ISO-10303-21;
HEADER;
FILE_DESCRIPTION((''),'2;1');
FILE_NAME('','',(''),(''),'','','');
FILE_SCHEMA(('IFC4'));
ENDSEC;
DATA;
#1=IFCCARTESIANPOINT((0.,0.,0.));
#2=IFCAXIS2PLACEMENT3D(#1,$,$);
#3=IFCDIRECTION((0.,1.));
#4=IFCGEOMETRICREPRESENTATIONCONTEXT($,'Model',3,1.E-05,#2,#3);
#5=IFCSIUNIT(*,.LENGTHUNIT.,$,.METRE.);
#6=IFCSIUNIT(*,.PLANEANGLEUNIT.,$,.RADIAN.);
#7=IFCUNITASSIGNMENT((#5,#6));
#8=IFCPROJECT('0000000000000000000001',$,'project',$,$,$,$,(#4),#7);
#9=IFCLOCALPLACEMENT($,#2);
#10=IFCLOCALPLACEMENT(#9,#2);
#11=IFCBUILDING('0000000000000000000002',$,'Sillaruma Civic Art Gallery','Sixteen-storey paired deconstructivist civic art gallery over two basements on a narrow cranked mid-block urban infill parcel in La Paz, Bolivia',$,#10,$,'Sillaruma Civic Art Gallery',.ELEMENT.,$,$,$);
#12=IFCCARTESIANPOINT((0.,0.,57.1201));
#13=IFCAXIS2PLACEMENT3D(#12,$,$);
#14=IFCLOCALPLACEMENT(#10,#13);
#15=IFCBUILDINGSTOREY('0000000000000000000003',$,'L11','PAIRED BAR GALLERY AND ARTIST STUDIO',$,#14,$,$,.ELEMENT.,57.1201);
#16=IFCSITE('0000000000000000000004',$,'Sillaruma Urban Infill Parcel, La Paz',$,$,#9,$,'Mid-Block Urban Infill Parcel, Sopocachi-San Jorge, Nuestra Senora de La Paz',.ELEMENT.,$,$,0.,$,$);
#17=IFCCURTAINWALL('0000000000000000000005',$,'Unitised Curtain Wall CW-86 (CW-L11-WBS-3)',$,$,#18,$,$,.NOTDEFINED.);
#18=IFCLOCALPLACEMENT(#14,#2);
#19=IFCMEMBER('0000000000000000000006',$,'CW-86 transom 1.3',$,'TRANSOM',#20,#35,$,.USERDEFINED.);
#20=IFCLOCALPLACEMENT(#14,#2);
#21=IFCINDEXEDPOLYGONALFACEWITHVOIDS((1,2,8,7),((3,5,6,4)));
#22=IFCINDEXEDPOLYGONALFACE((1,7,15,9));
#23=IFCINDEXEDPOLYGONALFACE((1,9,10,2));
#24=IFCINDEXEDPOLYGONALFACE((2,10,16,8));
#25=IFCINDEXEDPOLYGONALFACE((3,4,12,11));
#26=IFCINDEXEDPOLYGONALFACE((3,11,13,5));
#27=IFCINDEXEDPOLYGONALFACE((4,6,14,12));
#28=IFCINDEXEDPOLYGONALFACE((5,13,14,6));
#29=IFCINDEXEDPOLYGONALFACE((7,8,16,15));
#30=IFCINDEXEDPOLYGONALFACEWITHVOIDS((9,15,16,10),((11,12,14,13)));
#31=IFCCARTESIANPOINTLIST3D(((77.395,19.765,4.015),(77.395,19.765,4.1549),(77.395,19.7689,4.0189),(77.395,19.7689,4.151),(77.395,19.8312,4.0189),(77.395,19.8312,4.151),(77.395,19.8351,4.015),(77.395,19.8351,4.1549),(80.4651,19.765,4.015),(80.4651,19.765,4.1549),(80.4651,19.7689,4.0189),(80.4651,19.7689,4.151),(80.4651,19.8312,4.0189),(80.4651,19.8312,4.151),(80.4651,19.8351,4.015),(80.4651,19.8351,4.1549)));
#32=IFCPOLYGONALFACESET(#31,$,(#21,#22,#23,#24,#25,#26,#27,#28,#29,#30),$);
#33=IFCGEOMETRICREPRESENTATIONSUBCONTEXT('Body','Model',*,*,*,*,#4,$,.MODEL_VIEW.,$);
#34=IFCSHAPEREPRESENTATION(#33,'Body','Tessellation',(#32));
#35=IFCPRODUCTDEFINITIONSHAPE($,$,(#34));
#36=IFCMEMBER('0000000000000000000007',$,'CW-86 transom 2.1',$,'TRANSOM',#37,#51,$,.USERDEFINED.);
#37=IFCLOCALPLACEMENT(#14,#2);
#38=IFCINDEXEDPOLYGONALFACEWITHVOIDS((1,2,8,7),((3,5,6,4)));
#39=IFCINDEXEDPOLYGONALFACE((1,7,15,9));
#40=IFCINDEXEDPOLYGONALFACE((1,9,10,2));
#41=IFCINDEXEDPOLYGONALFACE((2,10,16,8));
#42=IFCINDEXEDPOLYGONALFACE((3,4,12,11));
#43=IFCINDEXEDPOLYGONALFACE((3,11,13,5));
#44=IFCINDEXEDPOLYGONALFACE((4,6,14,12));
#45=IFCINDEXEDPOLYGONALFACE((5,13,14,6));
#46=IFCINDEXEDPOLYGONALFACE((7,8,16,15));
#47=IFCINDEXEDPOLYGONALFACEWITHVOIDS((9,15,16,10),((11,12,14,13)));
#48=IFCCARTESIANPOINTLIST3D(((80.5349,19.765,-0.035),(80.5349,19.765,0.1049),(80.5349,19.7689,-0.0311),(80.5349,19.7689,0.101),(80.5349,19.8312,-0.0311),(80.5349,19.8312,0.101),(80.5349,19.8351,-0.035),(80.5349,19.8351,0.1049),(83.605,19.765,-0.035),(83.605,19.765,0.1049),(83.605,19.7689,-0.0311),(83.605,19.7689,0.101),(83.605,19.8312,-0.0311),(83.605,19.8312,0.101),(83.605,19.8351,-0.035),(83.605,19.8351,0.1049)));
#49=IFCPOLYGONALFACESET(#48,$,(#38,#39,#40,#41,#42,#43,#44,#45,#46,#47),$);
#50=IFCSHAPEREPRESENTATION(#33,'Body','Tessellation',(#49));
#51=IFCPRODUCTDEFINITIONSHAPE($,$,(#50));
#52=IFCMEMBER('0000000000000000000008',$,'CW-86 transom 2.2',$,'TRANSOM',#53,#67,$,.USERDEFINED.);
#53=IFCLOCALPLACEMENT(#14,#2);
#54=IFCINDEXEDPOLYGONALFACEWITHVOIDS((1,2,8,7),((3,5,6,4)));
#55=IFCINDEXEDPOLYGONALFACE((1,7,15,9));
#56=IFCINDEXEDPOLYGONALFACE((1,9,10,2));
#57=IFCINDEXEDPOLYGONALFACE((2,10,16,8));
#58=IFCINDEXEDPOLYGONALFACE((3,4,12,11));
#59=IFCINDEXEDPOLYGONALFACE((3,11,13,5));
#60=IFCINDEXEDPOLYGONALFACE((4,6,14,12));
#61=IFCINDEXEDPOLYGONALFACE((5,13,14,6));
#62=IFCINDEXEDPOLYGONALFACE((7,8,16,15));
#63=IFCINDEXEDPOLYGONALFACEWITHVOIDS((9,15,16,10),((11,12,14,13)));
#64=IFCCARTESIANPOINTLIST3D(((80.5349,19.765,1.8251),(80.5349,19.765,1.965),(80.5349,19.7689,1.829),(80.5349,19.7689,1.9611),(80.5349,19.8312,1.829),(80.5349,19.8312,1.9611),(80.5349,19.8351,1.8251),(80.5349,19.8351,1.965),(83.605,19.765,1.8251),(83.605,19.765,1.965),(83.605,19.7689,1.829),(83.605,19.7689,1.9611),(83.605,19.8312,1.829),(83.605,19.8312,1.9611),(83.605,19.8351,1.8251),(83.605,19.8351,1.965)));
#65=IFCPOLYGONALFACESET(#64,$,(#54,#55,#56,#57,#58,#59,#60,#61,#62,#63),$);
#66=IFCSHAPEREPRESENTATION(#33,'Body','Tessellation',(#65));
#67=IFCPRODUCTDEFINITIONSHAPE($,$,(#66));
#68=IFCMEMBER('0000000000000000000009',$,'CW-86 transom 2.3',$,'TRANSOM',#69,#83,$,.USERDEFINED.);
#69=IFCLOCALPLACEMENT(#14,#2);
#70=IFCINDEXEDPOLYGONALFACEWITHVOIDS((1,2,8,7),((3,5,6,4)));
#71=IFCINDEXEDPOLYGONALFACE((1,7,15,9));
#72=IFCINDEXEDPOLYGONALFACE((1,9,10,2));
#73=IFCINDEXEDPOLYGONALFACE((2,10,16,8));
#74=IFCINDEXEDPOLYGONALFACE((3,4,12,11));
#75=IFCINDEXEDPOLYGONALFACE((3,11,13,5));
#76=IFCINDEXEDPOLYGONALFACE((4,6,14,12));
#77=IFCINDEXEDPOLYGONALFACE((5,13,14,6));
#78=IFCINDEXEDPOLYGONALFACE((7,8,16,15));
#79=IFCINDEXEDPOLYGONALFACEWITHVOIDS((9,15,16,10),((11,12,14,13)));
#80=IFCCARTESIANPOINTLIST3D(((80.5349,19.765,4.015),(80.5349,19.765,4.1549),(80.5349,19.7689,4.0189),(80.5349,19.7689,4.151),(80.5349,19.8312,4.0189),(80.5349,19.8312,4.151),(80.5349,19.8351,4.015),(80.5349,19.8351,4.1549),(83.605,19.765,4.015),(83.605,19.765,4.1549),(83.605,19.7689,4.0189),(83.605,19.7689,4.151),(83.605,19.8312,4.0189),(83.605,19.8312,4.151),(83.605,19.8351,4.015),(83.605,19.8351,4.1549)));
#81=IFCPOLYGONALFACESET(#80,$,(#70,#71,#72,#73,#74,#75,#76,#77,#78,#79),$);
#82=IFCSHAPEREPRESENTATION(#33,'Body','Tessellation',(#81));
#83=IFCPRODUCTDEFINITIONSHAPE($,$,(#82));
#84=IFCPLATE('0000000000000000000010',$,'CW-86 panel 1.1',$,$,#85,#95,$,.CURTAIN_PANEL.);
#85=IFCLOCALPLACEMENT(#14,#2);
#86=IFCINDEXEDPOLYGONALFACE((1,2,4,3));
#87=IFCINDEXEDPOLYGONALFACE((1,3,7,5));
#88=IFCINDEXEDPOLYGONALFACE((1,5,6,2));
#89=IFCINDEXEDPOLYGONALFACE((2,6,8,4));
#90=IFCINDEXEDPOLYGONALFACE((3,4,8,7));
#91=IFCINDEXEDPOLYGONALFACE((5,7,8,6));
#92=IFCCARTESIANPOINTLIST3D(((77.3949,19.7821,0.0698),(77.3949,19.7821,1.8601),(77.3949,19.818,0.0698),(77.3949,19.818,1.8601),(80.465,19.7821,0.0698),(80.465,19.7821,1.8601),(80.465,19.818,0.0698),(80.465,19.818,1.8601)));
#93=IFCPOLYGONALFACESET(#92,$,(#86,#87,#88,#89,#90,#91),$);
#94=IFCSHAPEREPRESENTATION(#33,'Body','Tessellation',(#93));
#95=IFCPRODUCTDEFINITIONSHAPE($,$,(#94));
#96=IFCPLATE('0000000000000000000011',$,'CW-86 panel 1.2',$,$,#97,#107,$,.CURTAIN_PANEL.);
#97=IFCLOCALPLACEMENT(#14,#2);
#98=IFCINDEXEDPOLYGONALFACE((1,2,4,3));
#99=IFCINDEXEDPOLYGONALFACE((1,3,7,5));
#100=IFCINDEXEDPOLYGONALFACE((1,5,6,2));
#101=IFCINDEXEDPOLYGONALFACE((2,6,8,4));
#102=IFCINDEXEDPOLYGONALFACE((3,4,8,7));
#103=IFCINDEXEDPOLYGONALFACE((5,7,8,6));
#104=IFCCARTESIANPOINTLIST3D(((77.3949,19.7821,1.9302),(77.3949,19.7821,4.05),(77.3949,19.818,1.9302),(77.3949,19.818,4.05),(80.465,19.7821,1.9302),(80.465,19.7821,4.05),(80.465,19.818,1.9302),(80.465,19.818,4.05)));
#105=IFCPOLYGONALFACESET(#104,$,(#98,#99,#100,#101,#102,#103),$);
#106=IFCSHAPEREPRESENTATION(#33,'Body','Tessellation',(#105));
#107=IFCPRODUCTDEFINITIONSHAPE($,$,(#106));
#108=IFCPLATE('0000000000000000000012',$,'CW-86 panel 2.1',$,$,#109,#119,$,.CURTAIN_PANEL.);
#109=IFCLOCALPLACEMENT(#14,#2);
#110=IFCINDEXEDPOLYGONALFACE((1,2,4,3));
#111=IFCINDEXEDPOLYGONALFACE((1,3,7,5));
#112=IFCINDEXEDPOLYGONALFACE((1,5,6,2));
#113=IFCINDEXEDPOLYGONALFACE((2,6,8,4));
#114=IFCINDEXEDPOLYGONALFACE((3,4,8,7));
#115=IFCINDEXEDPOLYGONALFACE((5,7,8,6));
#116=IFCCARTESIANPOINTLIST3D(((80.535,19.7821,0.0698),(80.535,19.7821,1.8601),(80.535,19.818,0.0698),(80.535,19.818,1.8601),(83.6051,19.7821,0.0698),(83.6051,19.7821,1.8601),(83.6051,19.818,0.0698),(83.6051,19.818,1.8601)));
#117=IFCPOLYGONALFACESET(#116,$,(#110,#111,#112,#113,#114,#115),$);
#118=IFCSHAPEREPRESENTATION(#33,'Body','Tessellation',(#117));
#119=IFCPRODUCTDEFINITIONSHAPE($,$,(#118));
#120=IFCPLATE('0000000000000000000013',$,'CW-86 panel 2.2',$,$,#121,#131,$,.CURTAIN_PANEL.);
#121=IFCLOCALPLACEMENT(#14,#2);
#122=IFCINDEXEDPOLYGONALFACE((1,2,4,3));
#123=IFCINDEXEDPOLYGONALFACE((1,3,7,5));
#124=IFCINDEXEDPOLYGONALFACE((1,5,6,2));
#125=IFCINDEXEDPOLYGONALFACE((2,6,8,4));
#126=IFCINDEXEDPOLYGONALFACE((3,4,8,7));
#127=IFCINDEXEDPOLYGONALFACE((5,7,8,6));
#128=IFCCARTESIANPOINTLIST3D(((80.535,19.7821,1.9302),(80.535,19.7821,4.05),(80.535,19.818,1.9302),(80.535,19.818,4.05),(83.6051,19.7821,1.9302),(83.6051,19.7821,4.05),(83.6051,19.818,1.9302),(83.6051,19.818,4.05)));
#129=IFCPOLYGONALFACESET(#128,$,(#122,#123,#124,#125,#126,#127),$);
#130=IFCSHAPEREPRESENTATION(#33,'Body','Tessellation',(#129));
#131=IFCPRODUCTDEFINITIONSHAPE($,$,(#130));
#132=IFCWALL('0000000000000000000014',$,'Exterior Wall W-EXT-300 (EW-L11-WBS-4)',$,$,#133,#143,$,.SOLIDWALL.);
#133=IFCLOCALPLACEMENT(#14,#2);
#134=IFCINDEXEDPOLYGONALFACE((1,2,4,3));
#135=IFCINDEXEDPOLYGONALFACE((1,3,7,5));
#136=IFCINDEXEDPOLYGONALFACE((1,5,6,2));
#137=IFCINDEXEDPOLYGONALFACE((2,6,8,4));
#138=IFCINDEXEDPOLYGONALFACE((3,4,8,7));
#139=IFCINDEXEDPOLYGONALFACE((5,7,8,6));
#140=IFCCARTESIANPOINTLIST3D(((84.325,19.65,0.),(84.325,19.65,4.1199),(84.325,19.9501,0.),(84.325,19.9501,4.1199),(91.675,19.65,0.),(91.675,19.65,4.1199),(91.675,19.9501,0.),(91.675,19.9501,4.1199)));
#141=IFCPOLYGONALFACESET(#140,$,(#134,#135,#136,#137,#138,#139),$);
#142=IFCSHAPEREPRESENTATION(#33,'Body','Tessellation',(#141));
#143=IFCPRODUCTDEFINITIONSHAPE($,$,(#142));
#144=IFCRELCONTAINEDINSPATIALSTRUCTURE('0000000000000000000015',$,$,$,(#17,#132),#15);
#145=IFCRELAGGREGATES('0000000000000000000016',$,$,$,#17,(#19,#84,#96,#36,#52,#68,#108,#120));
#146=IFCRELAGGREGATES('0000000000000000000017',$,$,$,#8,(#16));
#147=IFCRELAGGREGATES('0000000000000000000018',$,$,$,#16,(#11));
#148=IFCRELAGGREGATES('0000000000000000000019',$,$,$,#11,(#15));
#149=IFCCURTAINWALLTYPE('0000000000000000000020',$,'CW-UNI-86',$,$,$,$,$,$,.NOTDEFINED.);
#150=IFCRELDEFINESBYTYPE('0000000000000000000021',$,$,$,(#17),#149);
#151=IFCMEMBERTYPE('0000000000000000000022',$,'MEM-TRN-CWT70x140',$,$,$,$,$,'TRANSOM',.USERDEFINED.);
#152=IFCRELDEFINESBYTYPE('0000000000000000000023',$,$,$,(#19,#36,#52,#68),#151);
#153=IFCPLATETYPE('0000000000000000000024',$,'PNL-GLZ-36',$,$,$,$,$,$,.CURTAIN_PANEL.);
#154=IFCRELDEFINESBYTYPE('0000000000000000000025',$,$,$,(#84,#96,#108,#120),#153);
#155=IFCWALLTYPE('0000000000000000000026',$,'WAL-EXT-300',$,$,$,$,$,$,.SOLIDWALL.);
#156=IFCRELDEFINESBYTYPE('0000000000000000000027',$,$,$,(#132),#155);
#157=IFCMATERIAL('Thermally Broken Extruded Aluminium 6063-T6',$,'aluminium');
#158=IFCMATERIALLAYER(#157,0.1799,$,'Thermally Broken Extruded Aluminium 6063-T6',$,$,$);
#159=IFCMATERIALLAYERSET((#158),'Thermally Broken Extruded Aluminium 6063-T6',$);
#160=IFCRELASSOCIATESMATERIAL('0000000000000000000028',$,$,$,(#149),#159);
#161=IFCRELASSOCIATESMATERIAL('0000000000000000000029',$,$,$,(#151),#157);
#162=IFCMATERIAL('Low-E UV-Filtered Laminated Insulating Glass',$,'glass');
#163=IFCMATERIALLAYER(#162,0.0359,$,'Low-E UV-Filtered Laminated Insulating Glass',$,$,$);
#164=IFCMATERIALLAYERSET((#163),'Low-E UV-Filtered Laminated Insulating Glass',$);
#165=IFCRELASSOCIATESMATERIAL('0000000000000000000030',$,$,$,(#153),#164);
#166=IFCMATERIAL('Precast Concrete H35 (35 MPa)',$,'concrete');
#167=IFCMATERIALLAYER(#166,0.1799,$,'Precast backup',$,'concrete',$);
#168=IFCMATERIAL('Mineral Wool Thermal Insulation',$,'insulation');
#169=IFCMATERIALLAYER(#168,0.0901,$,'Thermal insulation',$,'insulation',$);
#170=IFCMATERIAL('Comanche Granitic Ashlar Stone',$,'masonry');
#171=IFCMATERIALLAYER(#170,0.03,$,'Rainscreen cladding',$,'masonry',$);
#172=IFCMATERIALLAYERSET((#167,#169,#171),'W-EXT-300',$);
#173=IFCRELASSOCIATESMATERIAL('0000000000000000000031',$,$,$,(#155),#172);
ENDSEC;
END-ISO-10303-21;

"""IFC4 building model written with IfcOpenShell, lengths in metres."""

from ifc_helpers import new_model, si_unit, direction, frame, frame_2d, origin, origin_2d, place, context, subcontext, project, spatial, rectangle, hollow_rectangle, extrude, material, layer, layer_set, material_profile, profile_set, type_object, element, aggregate, save


model = new_model("IFC4")

# Units and contexts
model_context = context("Model", 3, precision=1e-05, world=origin(), true_north=direction((0.0, 1.0)))
body_context = subcontext(model_context, "Body", "Model", "MODEL_VIEW")
ifc_project = project(units=[si_unit("LENGTHUNIT", "METRE"), si_unit("PLANEANGLEUNIT", "RADIAN")], contexts=[model_context])

# Site, building, storey
site_placement = place(None, origin())
site = spatial("IfcSite", under=ifc_project, at=site_placement, Name="Sillaruma Urban Infill Parcel, La Paz", LongName="Mid-Block Urban Infill Parcel, Sopocachi-San Jorge, Nuestra Senora de La Paz", CompositionType="ELEMENT", RefElevation=0.0)
building_placement = place(site_placement, origin())
building = spatial("IfcBuilding", under=site, at=building_placement, Name="Sillaruma Civic Art Gallery", Description="Sixteen-storey paired deconstructivist civic art gallery over two basements on a narrow cranked mid-block urban infill parcel in La Paz, Bolivia", LongName="Sillaruma Civic Art Gallery", CompositionType="ELEMENT")
storey_placement = place(building_placement, frame((0.0, 0.0, 57.1201)))
storey = spatial("IfcBuildingStorey", under=building, at=storey_placement, Name="L11", Description="PAIRED BAR GALLERY AND ARTIST STUDIO", CompositionType="ELEMENT", Elevation=57.1201)

# Curtain wall, members, plates
ifc_material_1 = material(Name="Thermally Broken Extruded Aluminium 6063-T6", Category="aluminium")
ifc_layer_1 = layer(ifc_material_1, 0.1799, Name="Thermally Broken Extruded Aluminium 6063-T6")
ifc_layer_set_1 = layer_set([ifc_layer_1], Name="Thermally Broken Extruded Aluminium 6063-T6")
curtain_wall_type = type_object("IfcCurtainWallType", Name="CW-UNI-86", PredefinedType="NOTDEFINED", material=ifc_layer_set_1)
curtain_wall_placement = place(storey_placement, origin())
curtain_wall = element("IfcCurtainWall", 1, at=curtain_wall_placement, inside=storey, type_object=curtain_wall_type, Name="Unitised Curtain Wall CW-86 (CW-L11-WBS-3)", PredefinedType="NOTDEFINED")
ifc_material_profile_1 = material_profile(ifc_material_1, hollow_rectangle(XDim=0.0701, YDim=0.1399, WallThickness=0.0039, at=origin_2d()), Name="CWT70x140")
ifc_profile_set_1 = profile_set([ifc_material_profile_1], Name="Thermally Broken Extruded Aluminium 6063-T6")
member_type_1 = type_object("IfcMemberType", Name="MEM-TRN-CWT70x140", ElementType="TRANSOM", PredefinedType="USERDEFINED", material=ifc_profile_set_1)
member_1_placement = place(storey_placement, frame((77.395, 19.8, 4.085), z_axis=(1.0, 0.0, 0.0), x_axis=(0.0, 1.0, 0.0)))
member_1 = element("IfcMember", 2, at=member_1_placement, type_object=member_type_1, Name="CW-86 transom 1.3", ObjectType="TRANSOM", PredefinedType="USERDEFINED", context=body_context, shape_type="SweptSolid", body=[
    extrude(hollow_rectangle(XDim=0.0701, YDim=0.1399, WallThickness=0.0039, at=origin_2d()), origin(), (0.0, 0.0, 1.0), 3.0701),
])
member_2_placement = place(storey_placement, frame((80.5349, 19.8, 0.0349), z_axis=(1.0, 0.0, 0.0), x_axis=(0.0, 1.0, 0.0)))
member_2 = element("IfcMember", 3, at=member_2_placement, type_object=member_type_1, Name="CW-86 transom 2.1", ObjectType="TRANSOM", PredefinedType="USERDEFINED", context=body_context, shape_type="SweptSolid", body=[
    extrude(hollow_rectangle(XDim=0.0701, YDim=0.1399, WallThickness=0.0039, at=origin_2d()), origin(), (0.0, 0.0, 1.0), 3.0701),
])
member_3_placement = place(storey_placement, frame((80.5349, 19.8, 1.895), z_axis=(1.0, 0.0, 0.0), x_axis=(0.0, 1.0, 0.0)))
member_3 = element("IfcMember", 4, at=member_3_placement, type_object=member_type_1, Name="CW-86 transom 2.2", ObjectType="TRANSOM", PredefinedType="USERDEFINED", context=body_context, shape_type="SweptSolid", body=[
    extrude(hollow_rectangle(XDim=0.0701, YDim=0.1399, WallThickness=0.0039, at=origin_2d()), origin(), (0.0, 0.0, 1.0), 3.0701),
])
member_4_placement = place(storey_placement, frame((80.5349, 19.8, 4.085), z_axis=(1.0, 0.0, 0.0), x_axis=(0.0, 1.0, 0.0)))
member_4 = element("IfcMember", 5, at=member_4_placement, type_object=member_type_1, Name="CW-86 transom 2.3", ObjectType="TRANSOM", PredefinedType="USERDEFINED", context=body_context, shape_type="SweptSolid", body=[
    extrude(hollow_rectangle(XDim=0.0701, YDim=0.1399, WallThickness=0.0039, at=origin_2d()), origin(), (0.0, 0.0, 1.0), 3.0701),
])
ifc_material_2 = material(Name="Low-E UV-Filtered Laminated Insulating Glass", Category="glass")
ifc_layer_2 = layer(ifc_material_2, 0.0359, Name="Low-E UV-Filtered Laminated Insulating Glass")
ifc_layer_set_2 = layer_set([ifc_layer_2], Name="Low-E UV-Filtered Laminated Insulating Glass")
plate_type = type_object("IfcPlateType", Name="PNL-GLZ-36", PredefinedType="CURTAIN_PANEL", material=ifc_layer_set_2)
plate_1_placement = place(storey_placement, frame((78.9299, 19.8, 0.0698), z_axis=(0.0, 0.0, 1.0), x_axis=(1.0, 0.0, 0.0)))
plate_1 = element("IfcPlate", 6, at=plate_1_placement, type_object=plate_type, Name="CW-86 panel 1.1", PredefinedType="CURTAIN_PANEL", context=body_context, shape_type="SweptSolid", body=[
    extrude(rectangle(XDim=3.0701, YDim=0.0359, at=origin_2d()), origin(), (0.0, 0.0, 1.0), 1.7903),
])
plate_2_placement = place(storey_placement, frame((78.9299, 19.8, 1.9302), z_axis=(0.0, 0.0, 1.0), x_axis=(1.0, 0.0, 0.0)))
plate_2 = element("IfcPlate", 7, at=plate_2_placement, type_object=plate_type, Name="CW-86 panel 1.2", PredefinedType="CURTAIN_PANEL", context=body_context, shape_type="SweptSolid", body=[
    extrude(rectangle(XDim=3.0701, YDim=0.0359, at=origin_2d()), origin(), (0.0, 0.0, 1.0), 2.1199),
])
plate_3_placement = place(storey_placement, frame((82.0701, 19.8, 0.0698), z_axis=(0.0, 0.0, 1.0), x_axis=(1.0, 0.0, 0.0)))
plate_3 = element("IfcPlate", 8, at=plate_3_placement, type_object=plate_type, Name="CW-86 panel 2.1", PredefinedType="CURTAIN_PANEL", context=body_context, shape_type="SweptSolid", body=[
    extrude(rectangle(XDim=3.0701, YDim=0.0359, at=origin_2d()), origin(), (0.0, 0.0, 1.0), 1.7903),
])
plate_4_placement = place(storey_placement, frame((82.0701, 19.8, 1.9302), z_axis=(0.0, 0.0, 1.0), x_axis=(1.0, 0.0, 0.0)))
plate_4 = element("IfcPlate", 9, at=plate_4_placement, type_object=plate_type, Name="CW-86 panel 2.2", PredefinedType="CURTAIN_PANEL", context=body_context, shape_type="SweptSolid", body=[
    extrude(rectangle(XDim=3.0701, YDim=0.0359, at=origin_2d()), origin(), (0.0, 0.0, 1.0), 2.1199),
])
aggregate(curtain_wall, [member_1, plate_1, plate_2, member_2, member_3, member_4, plate_3, plate_4])

# Wall
ifc_material_3 = material(Name="Precast Concrete H35 (35 MPa)", Category="concrete")
ifc_layer_3 = layer(ifc_material_3, 0.1799, Name="Precast backup", Category="concrete")
ifc_material_4 = material(Name="Mineral Wool Thermal Insulation", Category="insulation")
ifc_layer_4 = layer(ifc_material_4, 0.0901, Name="Thermal insulation", Category="insulation")
ifc_material_5 = material(Name="Comanche Granitic Ashlar Stone", Category="masonry")
ifc_layer_5 = layer(ifc_material_5, 0.03, Name="Rainscreen cladding", Category="masonry")
ifc_layer_set_3 = layer_set([ifc_layer_3, ifc_layer_4, ifc_layer_5], Name="W-EXT-300")
wall_type = type_object("IfcWallType", Name="WAL-EXT-300", PredefinedType="SOLIDWALL", material=ifc_layer_set_3)
wall_placement = place(storey_placement, frame((84.325, 19.8, 0.0), z_axis=(0.0, 0.0, 1.0), x_axis=(1.0, 0.0, 0.0)))
element("IfcWall", 10, at=wall_placement, inside=storey, type_object=wall_type, Name="Exterior Wall W-EXT-300 (EW-L11-WBS-4)", PredefinedType="SOLIDWALL", context=body_context, shape_type="SweptSolid", body=[
    extrude(rectangle(XDim=7.3501, YDim=0.3, at=frame_2d((3.675, 0.0))), origin(), (0.0, 0.0, 1.0), 4.1199),
])

save(model, "model.ifc")
